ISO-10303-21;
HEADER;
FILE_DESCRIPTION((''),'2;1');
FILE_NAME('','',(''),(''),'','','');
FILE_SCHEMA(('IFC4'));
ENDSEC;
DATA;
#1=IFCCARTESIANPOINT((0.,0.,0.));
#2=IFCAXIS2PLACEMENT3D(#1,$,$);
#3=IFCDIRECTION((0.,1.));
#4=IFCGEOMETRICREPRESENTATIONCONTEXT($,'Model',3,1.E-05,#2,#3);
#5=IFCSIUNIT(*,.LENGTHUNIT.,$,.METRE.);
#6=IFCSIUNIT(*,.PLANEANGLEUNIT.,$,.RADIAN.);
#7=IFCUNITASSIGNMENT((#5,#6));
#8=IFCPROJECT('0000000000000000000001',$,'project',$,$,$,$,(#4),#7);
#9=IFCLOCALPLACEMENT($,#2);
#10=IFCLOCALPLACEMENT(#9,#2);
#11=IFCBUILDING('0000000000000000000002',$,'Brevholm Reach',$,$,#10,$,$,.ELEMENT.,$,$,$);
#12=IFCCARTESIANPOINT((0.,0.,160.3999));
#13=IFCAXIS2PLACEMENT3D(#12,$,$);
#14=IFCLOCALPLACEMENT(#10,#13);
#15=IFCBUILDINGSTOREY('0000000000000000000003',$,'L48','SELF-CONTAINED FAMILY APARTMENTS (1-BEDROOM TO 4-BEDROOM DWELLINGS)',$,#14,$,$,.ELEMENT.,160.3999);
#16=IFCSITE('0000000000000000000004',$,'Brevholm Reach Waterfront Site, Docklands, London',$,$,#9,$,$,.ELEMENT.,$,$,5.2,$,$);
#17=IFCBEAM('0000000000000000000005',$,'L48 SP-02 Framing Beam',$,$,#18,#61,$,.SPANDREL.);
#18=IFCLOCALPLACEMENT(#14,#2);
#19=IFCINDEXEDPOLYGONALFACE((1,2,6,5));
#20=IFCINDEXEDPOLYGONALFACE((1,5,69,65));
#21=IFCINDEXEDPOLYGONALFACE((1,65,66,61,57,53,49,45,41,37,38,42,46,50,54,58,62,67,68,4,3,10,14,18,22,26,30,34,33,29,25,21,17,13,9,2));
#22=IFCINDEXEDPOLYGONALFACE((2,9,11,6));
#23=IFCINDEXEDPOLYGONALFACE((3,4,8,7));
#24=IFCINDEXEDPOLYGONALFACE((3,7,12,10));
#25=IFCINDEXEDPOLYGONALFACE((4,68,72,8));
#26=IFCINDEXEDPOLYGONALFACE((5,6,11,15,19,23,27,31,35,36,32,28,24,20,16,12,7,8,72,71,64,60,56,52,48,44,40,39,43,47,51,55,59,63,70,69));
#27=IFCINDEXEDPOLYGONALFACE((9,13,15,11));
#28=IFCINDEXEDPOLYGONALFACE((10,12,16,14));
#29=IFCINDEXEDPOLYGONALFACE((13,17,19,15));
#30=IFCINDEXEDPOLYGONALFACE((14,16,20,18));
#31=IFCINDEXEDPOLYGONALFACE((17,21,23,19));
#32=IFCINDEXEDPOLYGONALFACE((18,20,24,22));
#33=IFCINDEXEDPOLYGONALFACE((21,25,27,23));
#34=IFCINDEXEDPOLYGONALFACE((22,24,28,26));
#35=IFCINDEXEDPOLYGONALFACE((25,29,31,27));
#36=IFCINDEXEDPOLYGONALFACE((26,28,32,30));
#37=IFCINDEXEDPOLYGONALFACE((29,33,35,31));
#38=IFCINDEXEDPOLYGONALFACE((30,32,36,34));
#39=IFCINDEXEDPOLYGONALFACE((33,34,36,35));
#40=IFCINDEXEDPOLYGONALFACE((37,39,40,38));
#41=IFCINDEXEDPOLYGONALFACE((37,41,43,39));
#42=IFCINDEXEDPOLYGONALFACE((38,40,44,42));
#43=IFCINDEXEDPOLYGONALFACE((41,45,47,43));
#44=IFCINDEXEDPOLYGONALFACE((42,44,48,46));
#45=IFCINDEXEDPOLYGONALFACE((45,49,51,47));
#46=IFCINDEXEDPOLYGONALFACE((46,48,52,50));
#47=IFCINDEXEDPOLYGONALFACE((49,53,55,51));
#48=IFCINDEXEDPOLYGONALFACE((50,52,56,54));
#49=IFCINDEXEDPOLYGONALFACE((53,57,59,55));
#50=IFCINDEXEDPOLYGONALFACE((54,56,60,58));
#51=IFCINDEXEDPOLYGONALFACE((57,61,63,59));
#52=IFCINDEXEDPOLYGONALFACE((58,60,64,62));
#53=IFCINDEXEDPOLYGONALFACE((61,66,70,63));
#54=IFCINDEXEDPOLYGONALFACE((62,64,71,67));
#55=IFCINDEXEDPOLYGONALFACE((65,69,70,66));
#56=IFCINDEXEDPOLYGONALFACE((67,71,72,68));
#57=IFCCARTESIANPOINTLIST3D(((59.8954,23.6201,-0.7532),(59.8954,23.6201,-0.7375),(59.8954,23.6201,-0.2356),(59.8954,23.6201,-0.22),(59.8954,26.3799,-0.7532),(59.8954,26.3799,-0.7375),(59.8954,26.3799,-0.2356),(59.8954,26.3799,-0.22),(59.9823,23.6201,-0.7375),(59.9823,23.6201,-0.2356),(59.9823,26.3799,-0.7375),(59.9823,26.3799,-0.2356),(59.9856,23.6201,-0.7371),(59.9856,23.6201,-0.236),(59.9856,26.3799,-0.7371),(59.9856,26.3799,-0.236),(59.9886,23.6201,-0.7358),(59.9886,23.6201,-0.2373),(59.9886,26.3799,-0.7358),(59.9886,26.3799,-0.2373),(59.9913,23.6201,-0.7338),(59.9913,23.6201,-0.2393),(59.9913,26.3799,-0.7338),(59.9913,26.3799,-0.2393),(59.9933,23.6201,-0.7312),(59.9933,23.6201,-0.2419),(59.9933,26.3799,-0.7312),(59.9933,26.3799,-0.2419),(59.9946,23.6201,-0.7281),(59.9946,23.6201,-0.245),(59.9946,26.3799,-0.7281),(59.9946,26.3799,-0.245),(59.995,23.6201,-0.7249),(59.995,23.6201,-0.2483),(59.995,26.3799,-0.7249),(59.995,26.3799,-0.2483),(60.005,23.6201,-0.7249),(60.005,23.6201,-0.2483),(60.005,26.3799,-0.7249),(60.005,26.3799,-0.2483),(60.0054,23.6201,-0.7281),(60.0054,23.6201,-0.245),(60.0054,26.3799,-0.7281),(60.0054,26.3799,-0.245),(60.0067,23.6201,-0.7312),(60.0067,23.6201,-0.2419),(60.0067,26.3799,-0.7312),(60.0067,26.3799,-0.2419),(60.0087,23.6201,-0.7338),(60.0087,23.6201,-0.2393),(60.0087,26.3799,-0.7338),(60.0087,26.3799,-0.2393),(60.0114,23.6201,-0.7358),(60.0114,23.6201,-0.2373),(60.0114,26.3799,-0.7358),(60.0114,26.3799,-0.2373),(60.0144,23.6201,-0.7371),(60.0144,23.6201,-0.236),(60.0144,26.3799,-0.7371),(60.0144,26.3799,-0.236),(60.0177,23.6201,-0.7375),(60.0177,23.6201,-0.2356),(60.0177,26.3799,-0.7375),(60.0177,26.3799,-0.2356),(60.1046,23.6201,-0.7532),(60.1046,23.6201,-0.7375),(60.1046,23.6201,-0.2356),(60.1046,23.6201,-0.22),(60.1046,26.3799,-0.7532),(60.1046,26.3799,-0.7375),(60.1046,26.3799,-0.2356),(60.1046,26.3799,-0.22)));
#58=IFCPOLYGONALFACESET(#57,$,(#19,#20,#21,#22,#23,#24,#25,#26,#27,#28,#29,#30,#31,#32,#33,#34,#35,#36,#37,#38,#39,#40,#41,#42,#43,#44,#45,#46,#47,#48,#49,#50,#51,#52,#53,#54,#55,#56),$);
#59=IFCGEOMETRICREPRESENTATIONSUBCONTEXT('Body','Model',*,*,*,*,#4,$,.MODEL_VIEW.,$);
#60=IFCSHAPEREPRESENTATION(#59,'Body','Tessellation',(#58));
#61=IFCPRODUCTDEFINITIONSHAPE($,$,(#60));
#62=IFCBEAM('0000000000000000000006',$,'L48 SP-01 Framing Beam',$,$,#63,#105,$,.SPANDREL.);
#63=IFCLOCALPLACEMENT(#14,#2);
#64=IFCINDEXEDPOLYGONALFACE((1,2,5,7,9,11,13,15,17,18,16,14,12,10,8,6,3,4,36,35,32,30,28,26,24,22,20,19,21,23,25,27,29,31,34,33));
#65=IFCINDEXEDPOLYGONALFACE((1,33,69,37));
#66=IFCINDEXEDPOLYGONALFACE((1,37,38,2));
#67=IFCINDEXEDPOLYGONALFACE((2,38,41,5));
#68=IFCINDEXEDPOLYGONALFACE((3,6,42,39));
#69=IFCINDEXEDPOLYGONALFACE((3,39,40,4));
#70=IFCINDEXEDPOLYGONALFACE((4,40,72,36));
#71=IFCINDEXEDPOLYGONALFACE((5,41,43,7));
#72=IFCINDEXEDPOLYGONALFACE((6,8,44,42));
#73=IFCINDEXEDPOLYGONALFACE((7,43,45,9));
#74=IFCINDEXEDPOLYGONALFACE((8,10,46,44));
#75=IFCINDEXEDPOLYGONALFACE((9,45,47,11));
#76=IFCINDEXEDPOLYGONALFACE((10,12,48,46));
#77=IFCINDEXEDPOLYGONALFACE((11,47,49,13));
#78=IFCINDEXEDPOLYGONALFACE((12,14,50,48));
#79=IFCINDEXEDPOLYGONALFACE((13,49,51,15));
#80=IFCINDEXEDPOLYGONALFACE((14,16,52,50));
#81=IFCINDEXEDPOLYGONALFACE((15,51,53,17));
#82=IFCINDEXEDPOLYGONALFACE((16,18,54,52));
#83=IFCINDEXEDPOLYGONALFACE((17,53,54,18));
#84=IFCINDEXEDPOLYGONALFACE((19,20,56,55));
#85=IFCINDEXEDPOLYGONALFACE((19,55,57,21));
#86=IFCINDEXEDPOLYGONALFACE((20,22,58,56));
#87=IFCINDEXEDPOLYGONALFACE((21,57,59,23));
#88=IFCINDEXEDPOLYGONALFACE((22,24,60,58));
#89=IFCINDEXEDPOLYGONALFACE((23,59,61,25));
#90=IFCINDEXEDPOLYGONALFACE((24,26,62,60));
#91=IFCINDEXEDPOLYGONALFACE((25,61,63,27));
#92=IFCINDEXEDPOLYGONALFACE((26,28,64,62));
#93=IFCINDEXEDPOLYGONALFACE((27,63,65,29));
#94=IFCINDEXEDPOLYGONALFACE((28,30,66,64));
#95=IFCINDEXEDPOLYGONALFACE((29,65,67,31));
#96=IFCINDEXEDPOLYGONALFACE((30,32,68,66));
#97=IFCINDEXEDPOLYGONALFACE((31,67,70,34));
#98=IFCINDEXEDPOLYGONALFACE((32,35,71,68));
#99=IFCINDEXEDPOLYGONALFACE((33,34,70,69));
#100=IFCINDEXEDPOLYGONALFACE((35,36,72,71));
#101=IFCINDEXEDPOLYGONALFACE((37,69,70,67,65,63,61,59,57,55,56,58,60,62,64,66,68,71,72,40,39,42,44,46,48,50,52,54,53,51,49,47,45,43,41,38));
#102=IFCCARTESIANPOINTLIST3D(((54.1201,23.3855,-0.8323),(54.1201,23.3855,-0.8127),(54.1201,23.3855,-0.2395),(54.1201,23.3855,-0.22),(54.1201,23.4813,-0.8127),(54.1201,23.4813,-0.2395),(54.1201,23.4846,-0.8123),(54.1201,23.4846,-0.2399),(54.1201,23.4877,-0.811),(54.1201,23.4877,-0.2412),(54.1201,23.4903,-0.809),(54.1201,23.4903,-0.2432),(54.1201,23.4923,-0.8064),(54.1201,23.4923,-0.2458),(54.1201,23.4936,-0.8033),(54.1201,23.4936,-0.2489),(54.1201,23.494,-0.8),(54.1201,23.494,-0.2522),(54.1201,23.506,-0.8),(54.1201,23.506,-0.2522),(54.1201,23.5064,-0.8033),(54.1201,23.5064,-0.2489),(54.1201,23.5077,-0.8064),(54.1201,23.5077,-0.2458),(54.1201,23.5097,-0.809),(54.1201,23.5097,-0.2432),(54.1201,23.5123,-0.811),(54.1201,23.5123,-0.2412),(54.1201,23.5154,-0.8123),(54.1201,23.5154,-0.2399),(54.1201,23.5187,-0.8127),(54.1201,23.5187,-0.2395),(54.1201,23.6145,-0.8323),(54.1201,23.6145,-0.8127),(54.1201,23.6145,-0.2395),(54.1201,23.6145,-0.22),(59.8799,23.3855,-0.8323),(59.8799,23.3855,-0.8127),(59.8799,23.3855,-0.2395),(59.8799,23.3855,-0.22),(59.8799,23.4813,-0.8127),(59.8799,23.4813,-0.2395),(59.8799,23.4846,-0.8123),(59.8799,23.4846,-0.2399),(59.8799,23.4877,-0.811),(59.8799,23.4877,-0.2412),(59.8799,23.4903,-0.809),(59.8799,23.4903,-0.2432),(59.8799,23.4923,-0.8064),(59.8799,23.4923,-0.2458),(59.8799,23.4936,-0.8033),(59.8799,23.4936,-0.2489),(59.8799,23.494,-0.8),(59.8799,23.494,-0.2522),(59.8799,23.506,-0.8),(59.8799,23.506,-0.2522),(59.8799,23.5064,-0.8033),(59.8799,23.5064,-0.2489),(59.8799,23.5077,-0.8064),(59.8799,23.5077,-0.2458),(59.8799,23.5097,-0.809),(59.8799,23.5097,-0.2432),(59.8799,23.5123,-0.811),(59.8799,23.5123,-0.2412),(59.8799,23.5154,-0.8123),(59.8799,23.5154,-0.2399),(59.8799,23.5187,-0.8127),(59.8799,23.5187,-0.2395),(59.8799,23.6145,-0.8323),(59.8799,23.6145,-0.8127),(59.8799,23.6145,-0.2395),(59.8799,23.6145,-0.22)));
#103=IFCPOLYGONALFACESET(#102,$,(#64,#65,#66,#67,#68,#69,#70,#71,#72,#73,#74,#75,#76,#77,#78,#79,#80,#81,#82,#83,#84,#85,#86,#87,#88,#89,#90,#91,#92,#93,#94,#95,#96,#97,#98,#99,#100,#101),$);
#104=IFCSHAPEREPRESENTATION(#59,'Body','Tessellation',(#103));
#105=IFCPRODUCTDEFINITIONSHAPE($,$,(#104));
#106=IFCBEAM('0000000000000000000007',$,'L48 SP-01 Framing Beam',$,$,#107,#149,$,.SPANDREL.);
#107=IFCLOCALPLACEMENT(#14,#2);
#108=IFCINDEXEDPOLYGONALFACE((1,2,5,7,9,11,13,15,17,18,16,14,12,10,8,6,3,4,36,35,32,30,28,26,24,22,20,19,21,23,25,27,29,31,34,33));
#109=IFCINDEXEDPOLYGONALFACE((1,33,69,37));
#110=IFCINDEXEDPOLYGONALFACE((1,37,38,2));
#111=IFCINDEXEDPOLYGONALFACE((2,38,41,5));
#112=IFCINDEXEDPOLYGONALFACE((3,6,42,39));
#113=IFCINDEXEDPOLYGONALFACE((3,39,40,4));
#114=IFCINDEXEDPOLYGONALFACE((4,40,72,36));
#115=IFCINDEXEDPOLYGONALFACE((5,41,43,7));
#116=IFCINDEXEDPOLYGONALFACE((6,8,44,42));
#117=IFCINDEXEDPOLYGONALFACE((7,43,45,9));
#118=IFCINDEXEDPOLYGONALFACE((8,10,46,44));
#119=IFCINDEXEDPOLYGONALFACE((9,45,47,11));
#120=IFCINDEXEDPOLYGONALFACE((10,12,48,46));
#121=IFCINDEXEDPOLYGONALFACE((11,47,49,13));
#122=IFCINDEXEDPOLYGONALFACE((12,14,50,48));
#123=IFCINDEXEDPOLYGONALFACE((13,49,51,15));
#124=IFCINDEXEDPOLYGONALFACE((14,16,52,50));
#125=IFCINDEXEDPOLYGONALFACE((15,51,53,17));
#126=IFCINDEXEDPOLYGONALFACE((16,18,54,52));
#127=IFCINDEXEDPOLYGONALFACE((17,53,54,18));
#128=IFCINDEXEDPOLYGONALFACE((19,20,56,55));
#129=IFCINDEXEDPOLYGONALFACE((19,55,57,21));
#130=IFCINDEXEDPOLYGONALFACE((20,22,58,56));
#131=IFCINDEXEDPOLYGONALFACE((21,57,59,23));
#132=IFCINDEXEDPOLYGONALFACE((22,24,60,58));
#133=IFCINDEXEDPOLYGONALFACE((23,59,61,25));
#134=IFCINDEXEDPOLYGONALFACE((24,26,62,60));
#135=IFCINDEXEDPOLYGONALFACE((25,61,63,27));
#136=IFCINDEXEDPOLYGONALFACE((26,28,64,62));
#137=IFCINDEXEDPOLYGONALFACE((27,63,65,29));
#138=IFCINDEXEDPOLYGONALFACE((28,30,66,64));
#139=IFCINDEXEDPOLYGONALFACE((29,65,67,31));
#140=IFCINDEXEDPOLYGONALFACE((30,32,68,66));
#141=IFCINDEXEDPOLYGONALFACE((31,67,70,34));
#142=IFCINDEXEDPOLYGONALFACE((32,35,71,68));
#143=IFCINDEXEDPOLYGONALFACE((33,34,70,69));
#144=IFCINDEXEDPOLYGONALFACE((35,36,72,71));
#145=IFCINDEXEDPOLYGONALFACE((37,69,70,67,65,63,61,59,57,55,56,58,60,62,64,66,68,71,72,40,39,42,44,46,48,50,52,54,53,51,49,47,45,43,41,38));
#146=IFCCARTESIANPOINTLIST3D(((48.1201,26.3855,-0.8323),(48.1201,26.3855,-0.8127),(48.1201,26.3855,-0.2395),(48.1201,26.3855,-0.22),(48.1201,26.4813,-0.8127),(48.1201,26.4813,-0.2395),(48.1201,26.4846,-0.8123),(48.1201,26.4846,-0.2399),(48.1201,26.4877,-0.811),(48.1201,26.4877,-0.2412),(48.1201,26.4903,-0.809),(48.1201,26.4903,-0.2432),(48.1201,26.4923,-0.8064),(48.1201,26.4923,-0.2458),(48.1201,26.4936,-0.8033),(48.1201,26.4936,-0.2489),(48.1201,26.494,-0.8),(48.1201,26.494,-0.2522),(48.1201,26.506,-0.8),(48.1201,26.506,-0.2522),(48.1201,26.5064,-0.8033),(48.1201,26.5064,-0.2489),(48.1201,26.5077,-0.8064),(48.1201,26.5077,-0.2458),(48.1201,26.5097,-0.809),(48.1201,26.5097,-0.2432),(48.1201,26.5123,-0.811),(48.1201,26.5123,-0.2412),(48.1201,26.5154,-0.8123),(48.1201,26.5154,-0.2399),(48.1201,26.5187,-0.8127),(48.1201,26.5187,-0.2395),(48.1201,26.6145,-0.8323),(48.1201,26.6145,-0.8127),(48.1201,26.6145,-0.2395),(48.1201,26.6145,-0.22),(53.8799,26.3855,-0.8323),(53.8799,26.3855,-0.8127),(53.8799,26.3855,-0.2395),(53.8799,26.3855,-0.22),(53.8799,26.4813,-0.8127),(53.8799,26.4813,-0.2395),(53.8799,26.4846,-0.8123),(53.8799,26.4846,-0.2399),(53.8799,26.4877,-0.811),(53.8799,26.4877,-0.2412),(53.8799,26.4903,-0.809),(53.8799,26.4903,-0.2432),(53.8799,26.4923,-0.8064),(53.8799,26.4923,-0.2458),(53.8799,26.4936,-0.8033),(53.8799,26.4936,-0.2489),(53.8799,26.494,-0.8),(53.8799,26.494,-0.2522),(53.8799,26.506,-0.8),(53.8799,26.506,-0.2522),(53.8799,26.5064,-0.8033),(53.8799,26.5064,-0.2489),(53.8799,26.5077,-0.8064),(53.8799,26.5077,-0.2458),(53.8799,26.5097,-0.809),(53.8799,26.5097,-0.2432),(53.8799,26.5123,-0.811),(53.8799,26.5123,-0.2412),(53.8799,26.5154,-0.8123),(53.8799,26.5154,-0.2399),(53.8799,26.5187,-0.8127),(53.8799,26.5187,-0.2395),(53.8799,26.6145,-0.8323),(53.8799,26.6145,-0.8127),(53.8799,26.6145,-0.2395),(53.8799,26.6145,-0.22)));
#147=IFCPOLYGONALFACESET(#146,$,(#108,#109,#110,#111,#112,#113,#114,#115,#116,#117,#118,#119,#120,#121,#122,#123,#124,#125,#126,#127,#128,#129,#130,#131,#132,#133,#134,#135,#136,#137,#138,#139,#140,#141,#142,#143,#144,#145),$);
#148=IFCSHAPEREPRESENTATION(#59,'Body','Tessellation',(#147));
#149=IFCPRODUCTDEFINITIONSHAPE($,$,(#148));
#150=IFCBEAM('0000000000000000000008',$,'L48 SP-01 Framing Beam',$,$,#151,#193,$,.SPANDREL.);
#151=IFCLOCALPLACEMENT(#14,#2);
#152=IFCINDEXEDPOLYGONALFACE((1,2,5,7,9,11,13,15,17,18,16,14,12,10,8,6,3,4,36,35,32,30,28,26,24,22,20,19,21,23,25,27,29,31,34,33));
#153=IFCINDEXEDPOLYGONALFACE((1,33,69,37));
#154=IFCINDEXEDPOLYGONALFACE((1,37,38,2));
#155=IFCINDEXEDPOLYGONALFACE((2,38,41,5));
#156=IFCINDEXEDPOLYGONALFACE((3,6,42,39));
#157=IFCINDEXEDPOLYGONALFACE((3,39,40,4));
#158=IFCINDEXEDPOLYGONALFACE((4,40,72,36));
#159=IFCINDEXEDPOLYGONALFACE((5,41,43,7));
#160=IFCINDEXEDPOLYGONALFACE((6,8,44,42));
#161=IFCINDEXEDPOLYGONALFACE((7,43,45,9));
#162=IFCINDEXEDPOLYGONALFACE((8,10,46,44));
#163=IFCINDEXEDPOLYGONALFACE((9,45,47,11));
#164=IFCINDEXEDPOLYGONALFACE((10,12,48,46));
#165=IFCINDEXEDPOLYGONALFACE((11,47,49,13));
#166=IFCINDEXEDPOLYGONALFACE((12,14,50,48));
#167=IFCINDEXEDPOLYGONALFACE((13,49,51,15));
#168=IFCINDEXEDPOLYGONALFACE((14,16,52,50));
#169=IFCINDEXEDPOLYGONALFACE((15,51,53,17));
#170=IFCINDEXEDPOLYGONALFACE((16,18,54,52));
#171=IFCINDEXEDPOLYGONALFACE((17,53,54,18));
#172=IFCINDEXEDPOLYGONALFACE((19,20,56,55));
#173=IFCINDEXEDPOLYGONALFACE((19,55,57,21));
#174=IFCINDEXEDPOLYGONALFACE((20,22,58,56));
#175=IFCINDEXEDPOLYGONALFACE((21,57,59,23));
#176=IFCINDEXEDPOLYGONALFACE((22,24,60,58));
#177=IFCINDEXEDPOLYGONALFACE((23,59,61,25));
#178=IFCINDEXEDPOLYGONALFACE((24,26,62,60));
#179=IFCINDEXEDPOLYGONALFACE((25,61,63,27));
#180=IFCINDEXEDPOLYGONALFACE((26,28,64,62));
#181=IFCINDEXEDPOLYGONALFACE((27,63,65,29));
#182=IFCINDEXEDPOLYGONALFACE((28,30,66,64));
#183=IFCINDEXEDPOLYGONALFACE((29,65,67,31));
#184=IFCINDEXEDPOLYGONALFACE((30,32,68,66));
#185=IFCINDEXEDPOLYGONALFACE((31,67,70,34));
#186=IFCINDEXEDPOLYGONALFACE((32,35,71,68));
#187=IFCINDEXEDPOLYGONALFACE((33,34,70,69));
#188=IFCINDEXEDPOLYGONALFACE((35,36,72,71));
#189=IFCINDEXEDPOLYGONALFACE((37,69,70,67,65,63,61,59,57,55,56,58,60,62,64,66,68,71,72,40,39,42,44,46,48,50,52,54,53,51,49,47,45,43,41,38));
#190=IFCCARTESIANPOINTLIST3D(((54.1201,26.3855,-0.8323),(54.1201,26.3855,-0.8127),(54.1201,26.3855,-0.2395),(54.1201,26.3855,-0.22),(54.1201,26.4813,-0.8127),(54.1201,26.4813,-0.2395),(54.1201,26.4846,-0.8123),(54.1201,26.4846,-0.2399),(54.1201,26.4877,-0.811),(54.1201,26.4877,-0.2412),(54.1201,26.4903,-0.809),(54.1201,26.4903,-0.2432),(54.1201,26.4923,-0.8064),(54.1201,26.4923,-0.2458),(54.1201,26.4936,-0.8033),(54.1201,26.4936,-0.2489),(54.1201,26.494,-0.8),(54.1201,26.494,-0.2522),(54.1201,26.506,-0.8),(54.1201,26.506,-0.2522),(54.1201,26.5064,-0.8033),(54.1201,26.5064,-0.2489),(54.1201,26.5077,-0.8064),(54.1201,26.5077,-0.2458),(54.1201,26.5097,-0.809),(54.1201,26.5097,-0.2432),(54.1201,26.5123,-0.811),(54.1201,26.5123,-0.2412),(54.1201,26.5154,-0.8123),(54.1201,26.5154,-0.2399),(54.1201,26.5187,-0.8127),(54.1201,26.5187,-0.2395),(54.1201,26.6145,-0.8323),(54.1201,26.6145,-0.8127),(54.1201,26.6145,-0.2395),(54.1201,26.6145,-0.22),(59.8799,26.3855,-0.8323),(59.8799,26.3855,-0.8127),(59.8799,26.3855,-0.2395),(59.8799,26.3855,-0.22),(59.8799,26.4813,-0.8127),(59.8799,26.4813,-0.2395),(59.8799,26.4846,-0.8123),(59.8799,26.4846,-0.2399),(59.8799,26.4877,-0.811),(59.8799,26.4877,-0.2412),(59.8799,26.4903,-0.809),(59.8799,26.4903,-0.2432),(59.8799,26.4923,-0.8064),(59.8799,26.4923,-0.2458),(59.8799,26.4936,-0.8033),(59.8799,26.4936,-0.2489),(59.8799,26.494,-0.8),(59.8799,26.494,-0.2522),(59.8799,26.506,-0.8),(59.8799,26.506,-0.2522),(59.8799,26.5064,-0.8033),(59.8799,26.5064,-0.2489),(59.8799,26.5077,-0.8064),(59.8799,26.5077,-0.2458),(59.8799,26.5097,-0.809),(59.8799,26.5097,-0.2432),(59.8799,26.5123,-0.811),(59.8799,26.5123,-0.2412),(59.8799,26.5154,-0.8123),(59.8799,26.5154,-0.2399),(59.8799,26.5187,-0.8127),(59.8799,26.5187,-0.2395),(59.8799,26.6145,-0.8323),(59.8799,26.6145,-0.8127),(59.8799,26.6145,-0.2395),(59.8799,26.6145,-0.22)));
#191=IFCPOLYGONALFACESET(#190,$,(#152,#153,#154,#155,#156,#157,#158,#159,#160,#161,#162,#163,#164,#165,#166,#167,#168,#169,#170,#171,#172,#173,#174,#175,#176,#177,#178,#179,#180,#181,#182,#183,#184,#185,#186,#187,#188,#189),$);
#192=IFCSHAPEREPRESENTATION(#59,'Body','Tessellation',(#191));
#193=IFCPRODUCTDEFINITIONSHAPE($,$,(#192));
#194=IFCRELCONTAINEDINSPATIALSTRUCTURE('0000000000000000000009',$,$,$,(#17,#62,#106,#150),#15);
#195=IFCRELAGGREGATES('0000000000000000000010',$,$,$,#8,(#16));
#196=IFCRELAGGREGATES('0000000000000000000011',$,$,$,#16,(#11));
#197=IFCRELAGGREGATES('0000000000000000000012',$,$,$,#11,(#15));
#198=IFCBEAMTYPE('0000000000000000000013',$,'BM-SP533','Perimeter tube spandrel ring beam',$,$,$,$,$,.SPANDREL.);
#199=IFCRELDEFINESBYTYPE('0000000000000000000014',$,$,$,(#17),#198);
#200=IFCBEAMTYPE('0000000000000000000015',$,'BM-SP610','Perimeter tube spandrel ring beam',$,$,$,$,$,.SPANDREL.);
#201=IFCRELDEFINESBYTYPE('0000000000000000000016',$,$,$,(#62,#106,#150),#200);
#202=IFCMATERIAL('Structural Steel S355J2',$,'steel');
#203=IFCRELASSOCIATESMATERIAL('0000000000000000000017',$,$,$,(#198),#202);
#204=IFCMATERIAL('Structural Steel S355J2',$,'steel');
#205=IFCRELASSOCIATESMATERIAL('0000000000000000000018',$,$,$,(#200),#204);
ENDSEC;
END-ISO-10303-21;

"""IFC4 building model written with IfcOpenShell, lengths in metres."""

from ifc_helpers import new_model, si_unit, direction, frame, origin, origin_2d, place, context, subcontext, project, spatial, i_section, extrude, material, material_profile, profile_set, type_object, element, save


model = new_model("IFC4")

# Units and contexts
model_context = context("Model", 3, precision=1e-05, world=origin(), true_north=direction((0.0, 1.0)))
body_context = subcontext(model_context, "Body", "Model", "MODEL_VIEW")
ifc_project = project(units=[si_unit("LENGTHUNIT", "METRE"), si_unit("PLANEANGLEUNIT", "RADIAN")], contexts=[model_context])

# Site, building, storey
site_placement = place(None, origin())
site = spatial("IfcSite", under=ifc_project, at=site_placement, Name="Brevholm Reach Waterfront Site, Docklands, London", CompositionType="ELEMENT", RefElevation=5.2)
building_placement = place(site_placement, origin())
building = spatial("IfcBuilding", under=site, at=building_placement, Name="Brevholm Reach", CompositionType="ELEMENT")
storey_placement = place(building_placement, frame((0.0, 0.0, 160.3999)))
storey = spatial("IfcBuildingStorey", under=building, at=storey_placement, Name="L48", Description="SELF-CONTAINED FAMILY APARTMENTS (1-BEDROOM TO 4-BEDROOM DWELLINGS)", CompositionType="ELEMENT", Elevation=160.3999)

# Beams
ifc_material_1 = material(Name="Structural Steel S355J2", Category="steel")
ifc_material_profile_1 = material_profile(ifc_material_1, i_section(OverallWidth=0.2092, OverallDepth=0.5332, WebThickness=0.01, FlangeThickness=0.0156, FilletRadius=0.0127, at=origin_2d()), Name="UKB 533x210x92")
ifc_profile_set_1 = profile_set([ifc_material_profile_1], Name="Structural Steel S355J2")
beam_type_1 = type_object("IfcBeamType", Name="BM-SP533", Description="Perimeter tube spandrel ring beam", PredefinedType="SPANDREL", material=ifc_profile_set_1)
beam_1_placement = place(storey_placement, frame((60.0, 23.6201, -0.4866), z_axis=(0.0, 1.0, 0.0), x_axis=(-1.0, 0.0, 0.0)))
element("IfcBeam", 1, at=beam_1_placement, inside=storey, type_object=beam_type_1, Name="L48 SP-02 Framing Beam", PredefinedType="SPANDREL", context=body_context, shape_type="SweptSolid", body=[
    extrude(i_section(OverallWidth=0.2092, OverallDepth=0.5332, WebThickness=0.01, FlangeThickness=0.0156, FilletRadius=0.0127, at=origin_2d()), origin(), (0.0, 0.0, 1.0), 2.7598),
])
ifc_material_2 = material(Name="Structural Steel S355J2", Category="steel")
ifc_material_profile_2 = material_profile(ifc_material_2, i_section(OverallWidth=0.229, OverallDepth=0.6123, WebThickness=0.012, FlangeThickness=0.0195, FilletRadius=0.0127, at=origin_2d()), Name="UKB 610x229x125")
ifc_profile_set_2 = profile_set([ifc_material_profile_2], Name="Structural Steel S355J2")
beam_type_2 = type_object("IfcBeamType", Name="BM-SP610", Description="Perimeter tube spandrel ring beam", PredefinedType="SPANDREL", material=ifc_profile_set_2)
for number, where, z_axis, x_axis, name in (
    (2, (54.1201, 23.5, -0.5261), (1.0, 0.0, 0.0), (0.0, 1.0, 0.0), "L48 SP-01 Framing Beam"),
    (3, (48.1201, 26.5, -0.5261), (1.0, 0.0, 0.0), (0.0, 1.0, 0.0), "L48 SP-01 Framing Beam"),
    (4, (54.1201, 26.5, -0.5261), (1.0, 0.0, 0.0), (0.0, 1.0, 0.0), "L48 SP-01 Framing Beam"),
):
    element("IfcBeam", number, at=place(storey_placement, frame(where, z_axis=z_axis, x_axis=x_axis)), inside=storey, type_object=beam_type_2, Name=name, PredefinedType="SPANDREL", context=body_context, shape_type="SweptSolid", body=[
        extrude(i_section(OverallWidth=0.229, OverallDepth=0.6123, WebThickness=0.012, FlangeThickness=0.0195, FilletRadius=0.0127, at=origin_2d()), origin(), (0.0, 0.0, 1.0), 5.7598),
    ])

save(model, "model.ifc")
